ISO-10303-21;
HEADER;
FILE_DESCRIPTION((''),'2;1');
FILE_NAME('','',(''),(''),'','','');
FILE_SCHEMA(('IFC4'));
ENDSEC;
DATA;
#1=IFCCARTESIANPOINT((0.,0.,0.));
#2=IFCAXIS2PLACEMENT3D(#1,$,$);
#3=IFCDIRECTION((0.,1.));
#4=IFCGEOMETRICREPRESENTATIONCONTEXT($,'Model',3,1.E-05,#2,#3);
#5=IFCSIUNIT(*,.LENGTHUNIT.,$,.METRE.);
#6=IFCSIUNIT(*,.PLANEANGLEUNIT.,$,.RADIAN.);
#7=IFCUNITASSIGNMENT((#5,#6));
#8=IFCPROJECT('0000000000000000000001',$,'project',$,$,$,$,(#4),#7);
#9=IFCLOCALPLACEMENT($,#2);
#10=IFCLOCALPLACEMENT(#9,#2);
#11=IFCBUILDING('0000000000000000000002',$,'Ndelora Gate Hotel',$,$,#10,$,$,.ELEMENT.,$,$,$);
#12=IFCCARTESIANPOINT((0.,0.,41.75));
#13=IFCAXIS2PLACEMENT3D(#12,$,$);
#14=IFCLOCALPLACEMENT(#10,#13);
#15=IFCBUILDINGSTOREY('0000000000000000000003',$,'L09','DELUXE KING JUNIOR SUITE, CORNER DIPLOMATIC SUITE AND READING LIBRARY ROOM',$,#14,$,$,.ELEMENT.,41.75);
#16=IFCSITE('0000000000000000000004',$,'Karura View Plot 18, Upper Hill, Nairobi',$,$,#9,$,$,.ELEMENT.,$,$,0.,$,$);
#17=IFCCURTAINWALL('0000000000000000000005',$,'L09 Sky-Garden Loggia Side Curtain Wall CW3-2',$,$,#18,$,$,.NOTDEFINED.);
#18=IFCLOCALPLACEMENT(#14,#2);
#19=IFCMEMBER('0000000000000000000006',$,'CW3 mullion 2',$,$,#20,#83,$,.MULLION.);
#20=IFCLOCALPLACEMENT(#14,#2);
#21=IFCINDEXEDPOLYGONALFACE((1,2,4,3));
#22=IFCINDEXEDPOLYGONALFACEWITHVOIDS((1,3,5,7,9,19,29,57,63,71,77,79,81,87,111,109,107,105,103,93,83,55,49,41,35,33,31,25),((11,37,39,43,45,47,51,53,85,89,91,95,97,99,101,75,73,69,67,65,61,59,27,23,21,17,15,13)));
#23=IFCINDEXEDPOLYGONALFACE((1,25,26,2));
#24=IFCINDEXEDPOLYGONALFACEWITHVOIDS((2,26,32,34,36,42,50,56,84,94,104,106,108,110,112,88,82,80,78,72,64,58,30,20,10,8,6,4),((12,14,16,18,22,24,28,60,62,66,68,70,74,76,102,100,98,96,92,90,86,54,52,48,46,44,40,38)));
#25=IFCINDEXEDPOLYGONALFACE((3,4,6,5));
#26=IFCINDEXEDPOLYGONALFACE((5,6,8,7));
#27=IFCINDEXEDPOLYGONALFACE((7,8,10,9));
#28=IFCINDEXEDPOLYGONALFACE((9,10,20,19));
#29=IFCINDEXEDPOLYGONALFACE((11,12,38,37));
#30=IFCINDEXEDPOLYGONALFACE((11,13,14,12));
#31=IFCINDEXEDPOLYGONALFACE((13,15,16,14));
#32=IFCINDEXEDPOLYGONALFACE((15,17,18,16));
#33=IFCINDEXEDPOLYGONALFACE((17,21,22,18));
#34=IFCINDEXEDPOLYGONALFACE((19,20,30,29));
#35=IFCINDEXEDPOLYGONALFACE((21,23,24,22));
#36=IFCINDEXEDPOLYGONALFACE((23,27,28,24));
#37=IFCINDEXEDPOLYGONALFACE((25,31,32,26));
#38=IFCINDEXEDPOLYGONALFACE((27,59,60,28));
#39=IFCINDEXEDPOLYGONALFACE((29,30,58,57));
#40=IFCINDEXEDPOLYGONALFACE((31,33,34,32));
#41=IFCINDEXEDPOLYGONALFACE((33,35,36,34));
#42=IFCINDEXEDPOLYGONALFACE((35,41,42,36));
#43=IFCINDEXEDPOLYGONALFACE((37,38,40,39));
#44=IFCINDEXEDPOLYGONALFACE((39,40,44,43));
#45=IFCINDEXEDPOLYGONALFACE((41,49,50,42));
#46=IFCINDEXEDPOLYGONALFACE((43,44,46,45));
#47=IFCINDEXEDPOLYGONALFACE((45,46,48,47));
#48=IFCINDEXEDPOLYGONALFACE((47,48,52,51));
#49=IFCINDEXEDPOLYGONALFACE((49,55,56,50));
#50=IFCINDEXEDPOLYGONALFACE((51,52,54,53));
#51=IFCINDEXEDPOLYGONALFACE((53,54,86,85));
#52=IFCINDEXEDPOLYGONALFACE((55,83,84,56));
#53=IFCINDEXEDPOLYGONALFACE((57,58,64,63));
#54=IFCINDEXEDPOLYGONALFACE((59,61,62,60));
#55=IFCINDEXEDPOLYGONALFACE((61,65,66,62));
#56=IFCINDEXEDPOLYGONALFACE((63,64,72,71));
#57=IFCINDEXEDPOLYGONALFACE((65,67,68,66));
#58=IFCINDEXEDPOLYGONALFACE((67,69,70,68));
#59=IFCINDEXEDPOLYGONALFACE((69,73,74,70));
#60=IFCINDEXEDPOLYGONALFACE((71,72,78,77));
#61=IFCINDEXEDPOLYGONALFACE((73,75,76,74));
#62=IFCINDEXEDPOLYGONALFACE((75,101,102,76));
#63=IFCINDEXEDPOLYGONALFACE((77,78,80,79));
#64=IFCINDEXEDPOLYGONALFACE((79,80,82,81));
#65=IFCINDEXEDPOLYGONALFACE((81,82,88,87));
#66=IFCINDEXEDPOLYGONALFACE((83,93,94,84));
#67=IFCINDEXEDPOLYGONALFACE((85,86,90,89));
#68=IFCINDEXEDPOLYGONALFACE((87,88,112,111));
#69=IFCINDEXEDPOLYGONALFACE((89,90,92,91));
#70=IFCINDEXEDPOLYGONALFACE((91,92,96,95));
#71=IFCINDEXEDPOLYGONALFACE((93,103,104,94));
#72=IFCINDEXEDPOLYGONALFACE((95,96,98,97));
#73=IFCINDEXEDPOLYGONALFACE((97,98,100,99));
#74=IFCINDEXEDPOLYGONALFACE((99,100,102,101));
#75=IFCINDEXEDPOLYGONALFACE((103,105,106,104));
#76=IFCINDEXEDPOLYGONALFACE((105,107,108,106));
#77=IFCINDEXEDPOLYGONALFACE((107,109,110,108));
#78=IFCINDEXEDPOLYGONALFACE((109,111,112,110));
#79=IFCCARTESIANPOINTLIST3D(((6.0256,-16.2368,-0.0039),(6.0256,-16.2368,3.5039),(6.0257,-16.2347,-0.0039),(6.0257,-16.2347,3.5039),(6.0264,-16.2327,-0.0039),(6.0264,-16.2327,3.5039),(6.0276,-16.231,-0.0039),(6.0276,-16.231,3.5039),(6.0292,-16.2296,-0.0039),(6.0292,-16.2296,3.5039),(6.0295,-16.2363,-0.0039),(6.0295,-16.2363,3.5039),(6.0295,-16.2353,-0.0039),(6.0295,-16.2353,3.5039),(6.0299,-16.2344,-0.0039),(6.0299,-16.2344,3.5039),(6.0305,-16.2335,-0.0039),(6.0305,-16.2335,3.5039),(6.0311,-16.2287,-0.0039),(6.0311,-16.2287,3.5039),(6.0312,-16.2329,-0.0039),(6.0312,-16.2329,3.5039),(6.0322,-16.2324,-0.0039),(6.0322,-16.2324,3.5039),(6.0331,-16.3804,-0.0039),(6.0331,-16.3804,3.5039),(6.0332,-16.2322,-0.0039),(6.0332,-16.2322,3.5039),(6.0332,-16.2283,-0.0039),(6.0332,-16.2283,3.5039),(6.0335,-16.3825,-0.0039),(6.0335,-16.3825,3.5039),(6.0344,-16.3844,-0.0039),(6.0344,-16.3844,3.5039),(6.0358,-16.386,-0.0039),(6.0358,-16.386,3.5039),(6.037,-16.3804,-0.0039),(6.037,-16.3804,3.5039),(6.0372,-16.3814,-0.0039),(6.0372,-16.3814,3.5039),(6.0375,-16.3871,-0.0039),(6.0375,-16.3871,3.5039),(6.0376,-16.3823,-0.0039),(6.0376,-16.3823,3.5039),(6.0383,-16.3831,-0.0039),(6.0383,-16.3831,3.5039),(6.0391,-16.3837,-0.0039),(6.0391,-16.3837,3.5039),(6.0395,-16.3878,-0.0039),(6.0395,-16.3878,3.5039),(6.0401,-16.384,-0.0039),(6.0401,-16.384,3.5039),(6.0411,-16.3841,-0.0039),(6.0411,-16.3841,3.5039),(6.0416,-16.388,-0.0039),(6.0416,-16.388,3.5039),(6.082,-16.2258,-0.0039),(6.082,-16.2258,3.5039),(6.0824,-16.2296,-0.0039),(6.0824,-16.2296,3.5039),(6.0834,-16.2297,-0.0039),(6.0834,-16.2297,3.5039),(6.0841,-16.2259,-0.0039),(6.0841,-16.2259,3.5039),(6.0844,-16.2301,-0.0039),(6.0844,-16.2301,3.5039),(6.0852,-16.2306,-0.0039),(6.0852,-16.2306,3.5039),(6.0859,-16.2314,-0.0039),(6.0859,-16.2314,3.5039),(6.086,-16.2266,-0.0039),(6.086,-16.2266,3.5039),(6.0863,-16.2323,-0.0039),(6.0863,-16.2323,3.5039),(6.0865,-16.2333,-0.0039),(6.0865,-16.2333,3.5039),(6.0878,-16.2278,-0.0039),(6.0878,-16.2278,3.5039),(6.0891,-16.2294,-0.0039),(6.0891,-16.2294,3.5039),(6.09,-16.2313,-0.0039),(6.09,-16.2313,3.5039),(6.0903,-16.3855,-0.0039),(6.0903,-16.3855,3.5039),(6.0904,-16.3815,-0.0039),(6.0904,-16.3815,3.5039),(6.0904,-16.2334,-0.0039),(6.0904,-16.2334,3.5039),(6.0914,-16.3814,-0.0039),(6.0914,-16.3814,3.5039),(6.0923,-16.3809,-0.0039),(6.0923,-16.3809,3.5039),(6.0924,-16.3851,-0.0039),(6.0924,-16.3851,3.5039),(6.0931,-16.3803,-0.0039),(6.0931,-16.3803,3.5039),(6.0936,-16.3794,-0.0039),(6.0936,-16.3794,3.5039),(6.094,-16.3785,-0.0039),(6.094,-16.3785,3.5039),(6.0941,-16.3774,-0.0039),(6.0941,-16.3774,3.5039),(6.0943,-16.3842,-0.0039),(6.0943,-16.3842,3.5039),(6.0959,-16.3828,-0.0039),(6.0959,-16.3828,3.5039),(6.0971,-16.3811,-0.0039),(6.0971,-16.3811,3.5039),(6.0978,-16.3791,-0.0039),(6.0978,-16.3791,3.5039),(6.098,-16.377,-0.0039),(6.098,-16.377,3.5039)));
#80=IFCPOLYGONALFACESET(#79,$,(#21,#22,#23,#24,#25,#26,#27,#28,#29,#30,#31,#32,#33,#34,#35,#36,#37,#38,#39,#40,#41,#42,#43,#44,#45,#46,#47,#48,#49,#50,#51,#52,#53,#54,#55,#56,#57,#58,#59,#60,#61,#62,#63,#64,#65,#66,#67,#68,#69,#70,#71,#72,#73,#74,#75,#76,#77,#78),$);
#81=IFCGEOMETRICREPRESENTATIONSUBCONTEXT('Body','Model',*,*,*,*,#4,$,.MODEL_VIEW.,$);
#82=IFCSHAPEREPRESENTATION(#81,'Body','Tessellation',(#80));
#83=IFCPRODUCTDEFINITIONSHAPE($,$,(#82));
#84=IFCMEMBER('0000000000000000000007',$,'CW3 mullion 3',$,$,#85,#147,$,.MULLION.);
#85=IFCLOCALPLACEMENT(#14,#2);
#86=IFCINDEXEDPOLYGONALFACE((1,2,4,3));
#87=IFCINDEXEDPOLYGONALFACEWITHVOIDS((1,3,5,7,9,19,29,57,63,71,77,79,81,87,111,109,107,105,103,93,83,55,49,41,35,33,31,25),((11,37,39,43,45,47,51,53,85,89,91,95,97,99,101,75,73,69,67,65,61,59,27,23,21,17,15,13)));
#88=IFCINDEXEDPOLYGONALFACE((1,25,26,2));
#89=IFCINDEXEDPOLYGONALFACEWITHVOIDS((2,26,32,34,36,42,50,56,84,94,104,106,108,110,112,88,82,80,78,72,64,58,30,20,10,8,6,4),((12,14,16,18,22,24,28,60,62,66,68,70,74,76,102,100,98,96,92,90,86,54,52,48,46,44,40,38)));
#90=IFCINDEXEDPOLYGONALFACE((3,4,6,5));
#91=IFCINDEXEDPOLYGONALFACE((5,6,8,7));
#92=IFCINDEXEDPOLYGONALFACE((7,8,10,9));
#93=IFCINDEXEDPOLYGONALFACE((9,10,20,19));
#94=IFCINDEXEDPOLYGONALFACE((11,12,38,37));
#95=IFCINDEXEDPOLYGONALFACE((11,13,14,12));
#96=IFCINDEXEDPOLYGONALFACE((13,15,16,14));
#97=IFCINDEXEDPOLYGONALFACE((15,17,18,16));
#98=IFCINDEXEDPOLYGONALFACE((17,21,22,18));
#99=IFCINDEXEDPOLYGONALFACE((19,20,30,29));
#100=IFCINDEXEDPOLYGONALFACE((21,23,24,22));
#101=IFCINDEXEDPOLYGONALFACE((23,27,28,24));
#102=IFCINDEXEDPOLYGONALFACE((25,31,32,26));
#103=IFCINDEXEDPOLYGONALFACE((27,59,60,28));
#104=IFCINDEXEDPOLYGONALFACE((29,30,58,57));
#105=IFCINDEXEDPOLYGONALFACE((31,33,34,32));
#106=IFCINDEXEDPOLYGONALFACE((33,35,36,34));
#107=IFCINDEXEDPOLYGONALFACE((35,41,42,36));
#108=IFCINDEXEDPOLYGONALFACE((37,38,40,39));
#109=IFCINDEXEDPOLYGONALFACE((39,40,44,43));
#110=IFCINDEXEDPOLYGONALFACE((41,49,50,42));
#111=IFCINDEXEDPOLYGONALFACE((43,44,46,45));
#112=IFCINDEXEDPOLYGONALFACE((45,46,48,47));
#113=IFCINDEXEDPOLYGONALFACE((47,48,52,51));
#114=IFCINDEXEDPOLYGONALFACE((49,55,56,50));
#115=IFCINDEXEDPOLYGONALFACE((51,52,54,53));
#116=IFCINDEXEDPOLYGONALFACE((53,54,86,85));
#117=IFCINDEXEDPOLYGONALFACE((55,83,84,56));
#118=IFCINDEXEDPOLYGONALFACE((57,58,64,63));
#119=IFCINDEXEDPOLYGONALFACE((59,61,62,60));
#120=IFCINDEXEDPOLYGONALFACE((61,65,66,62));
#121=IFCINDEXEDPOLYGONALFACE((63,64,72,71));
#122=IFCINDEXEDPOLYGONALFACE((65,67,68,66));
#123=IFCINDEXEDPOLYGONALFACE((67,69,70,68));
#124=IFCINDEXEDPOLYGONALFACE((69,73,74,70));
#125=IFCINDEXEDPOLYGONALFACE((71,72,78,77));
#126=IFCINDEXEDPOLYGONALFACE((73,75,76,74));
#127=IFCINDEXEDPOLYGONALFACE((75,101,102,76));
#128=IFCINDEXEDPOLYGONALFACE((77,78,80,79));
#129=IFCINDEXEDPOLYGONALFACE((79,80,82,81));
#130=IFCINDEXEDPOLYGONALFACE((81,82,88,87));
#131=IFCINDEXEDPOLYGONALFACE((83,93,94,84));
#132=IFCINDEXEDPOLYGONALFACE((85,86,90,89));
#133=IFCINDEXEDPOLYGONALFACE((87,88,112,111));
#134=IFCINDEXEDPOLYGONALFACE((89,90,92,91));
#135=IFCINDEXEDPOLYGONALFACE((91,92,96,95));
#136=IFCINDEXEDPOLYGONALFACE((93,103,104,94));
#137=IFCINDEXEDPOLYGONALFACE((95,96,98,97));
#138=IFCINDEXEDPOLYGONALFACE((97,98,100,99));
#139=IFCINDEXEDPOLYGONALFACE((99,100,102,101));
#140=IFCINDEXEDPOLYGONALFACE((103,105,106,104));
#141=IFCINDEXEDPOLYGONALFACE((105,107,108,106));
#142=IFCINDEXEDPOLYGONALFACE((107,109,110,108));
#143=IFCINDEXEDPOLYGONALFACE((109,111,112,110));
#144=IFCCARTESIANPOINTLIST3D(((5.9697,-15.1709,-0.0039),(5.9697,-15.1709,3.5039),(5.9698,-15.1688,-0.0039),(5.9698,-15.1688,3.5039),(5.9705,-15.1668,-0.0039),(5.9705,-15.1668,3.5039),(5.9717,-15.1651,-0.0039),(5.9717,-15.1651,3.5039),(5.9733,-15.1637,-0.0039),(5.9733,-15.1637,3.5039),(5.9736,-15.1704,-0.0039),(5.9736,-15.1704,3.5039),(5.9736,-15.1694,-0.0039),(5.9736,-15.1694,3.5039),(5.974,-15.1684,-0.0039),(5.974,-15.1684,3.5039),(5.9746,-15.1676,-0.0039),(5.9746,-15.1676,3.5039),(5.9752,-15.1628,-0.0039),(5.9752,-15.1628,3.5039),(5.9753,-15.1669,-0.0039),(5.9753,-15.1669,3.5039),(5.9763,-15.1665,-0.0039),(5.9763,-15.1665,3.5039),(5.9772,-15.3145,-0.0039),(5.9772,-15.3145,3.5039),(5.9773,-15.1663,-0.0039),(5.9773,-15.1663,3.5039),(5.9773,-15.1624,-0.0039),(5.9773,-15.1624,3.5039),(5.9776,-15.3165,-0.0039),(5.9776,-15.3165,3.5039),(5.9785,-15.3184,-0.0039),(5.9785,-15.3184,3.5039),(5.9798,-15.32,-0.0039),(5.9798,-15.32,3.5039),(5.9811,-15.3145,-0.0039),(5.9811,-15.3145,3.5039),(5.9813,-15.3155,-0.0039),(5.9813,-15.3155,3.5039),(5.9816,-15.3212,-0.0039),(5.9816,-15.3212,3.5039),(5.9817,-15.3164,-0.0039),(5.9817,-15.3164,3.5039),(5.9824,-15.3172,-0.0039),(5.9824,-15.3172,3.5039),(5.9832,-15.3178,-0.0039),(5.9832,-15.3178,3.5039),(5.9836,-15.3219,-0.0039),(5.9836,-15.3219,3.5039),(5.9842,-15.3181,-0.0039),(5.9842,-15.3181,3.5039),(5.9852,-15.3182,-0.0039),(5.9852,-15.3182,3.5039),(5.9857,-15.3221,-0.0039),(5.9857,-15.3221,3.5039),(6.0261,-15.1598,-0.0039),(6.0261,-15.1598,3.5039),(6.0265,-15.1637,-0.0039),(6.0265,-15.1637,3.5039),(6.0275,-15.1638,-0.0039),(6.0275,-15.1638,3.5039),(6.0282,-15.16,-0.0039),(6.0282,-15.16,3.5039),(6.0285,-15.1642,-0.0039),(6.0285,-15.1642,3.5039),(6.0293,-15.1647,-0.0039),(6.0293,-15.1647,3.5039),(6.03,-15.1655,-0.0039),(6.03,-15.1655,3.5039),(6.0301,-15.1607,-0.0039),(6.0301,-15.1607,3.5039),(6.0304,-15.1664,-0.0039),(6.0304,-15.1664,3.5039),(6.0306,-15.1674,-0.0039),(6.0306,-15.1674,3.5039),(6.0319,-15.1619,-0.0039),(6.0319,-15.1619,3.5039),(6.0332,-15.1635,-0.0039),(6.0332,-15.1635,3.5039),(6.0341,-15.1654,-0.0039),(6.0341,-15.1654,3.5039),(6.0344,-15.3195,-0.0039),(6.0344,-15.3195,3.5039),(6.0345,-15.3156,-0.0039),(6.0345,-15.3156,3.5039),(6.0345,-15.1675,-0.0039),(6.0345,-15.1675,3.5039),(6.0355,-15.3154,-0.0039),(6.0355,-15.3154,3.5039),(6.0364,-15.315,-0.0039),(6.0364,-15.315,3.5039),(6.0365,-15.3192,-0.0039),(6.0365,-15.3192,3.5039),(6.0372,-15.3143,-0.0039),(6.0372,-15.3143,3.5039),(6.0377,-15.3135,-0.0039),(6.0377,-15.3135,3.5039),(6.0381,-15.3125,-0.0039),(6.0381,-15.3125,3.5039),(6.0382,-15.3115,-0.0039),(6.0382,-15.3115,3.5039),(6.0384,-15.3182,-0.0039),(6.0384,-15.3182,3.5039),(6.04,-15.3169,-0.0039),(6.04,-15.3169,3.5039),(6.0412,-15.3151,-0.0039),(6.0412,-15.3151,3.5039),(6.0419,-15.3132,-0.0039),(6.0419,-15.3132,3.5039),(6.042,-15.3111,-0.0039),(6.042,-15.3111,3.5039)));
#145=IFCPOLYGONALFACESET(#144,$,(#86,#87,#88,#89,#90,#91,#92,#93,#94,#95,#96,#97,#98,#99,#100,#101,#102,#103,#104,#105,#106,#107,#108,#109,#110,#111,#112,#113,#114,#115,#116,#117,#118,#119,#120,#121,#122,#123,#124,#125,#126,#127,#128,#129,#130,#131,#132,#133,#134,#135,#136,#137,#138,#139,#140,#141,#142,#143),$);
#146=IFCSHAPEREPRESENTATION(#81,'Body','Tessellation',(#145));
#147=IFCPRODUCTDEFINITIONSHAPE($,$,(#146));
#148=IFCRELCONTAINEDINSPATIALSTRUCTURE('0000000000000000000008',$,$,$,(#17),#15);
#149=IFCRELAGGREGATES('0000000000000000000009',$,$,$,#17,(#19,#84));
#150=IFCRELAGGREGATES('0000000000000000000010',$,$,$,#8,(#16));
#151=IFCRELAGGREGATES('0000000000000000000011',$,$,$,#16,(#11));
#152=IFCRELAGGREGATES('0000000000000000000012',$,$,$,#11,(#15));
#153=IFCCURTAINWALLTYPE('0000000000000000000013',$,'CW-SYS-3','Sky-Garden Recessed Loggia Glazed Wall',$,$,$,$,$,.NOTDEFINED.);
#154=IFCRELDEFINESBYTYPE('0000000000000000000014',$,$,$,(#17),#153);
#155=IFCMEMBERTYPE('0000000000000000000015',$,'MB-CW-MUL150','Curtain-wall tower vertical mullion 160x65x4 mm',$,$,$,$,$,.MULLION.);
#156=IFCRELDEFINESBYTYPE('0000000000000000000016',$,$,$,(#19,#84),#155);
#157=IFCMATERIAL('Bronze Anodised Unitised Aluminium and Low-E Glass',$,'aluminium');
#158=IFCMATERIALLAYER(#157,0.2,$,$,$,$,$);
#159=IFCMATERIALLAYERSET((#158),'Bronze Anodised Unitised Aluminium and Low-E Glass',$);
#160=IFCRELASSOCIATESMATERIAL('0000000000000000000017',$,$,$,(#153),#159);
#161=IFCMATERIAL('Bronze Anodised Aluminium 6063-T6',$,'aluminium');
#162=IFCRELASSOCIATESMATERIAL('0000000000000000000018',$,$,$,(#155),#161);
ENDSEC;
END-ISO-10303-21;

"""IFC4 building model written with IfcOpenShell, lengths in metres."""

from ifc_helpers import new_model, si_unit, direction, frame, origin, origin_2d, place, context, subcontext, project, spatial, hollow_rectangle, extrude, material, layer, layer_set, material_profile, profile_set, type_object, element, aggregate, save


model = new_model("IFC4")

# Units and contexts
model_context = context("Model", 3, precision=1e-05, world=origin(), true_north=direction((0.0, 1.0)))
body_context = subcontext(model_context, "Body", "Model", "MODEL_VIEW")
ifc_project = project(units=[si_unit("LENGTHUNIT", "METRE"), si_unit("PLANEANGLEUNIT", "RADIAN")], contexts=[model_context])

# Site, building, storey
site_placement = place(None, origin())
site = spatial("IfcSite", under=ifc_project, at=site_placement, Name="Karura View Plot 18, Upper Hill, Nairobi", CompositionType="ELEMENT", RefElevation=0.0)
building_placement = place(site_placement, origin())
building = spatial("IfcBuilding", under=site, at=building_placement, Name="Ndelora Gate Hotel", CompositionType="ELEMENT")
storey_placement = place(building_placement, frame((0.0, 0.0, 41.75)))
storey = spatial("IfcBuildingStorey", under=building, at=storey_placement, Name="L09", Description="DELUXE KING JUNIOR SUITE, CORNER DIPLOMATIC SUITE AND READING LIBRARY ROOM", CompositionType="ELEMENT", Elevation=41.75)

# Curtain wall, members
ifc_material_1 = material(Name="Bronze Anodised Unitised Aluminium and Low-E Glass", Category="aluminium")
ifc_layer_1 = layer(ifc_material_1, 0.2)
ifc_layer_set_1 = layer_set([ifc_layer_1], Name="Bronze Anodised Unitised Aluminium and Low-E Glass")
curtain_wall_type = type_object("IfcCurtainWallType", Name="CW-SYS-3", Description="Sky-Garden Recessed Loggia Glazed Wall", PredefinedType="NOTDEFINED", material=ifc_layer_set_1)
curtain_wall_placement = place(storey_placement, origin())
curtain_wall = element("IfcCurtainWall", 1, at=curtain_wall_placement, inside=storey, type_object=curtain_wall_type, Name="L09 Sky-Garden Loggia Side Curtain Wall CW3-2", PredefinedType="NOTDEFINED")
ifc_material_2 = material(Name="Bronze Anodised Aluminium 6063-T6", Category="aluminium")
ifc_material_profile_1 = material_profile(ifc_material_2, hollow_rectangle(XDim=0.0649, YDim=0.1599, WallThickness=0.0039, InnerFilletRadius=0.0039, OuterFilletRadius=0.0081, at=origin_2d()), Name="ALU 160x65x4")
ifc_profile_set_1 = profile_set([ifc_material_profile_1], Name="Bronze Anodised Aluminium 6063-T6")
member_type_1 = type_object("IfcMemberType", Name="MB-CW-MUL150", Description="Curtain-wall tower vertical mullion 160x65x4 mm", PredefinedType="MULLION", material=ifc_profile_set_1)
member_1_placement = place(storey_placement, frame((6.0618, -16.3069, -0.0039), z_axis=(0.0, 0.0, 1.0), x_axis=(-0.99863, -0.052318, 0.0)))
member_1 = element("IfcMember", 2, at=member_1_placement, type_object=member_type_1, Name="CW3 mullion 2", PredefinedType="MULLION", context=body_context, shape_type="SweptSolid", body=[
    extrude(hollow_rectangle(XDim=0.0649, YDim=0.1599, WallThickness=0.0039, InnerFilletRadius=0.0039, OuterFilletRadius=0.0081, at=origin_2d()), origin(), (0.0, 0.0, 1.0), 3.5078),
])
member_2_placement = place(storey_placement, frame((6.0059, -15.241, -0.0039), z_axis=(0.0, 0.0, 1.0), x_axis=(-0.99863, -0.052318, 0.0)))
member_2 = element("IfcMember", 3, at=member_2_placement, type_object=member_type_1, Name="CW3 mullion 3", PredefinedType="MULLION", context=body_context, shape_type="SweptSolid", body=[
    extrude(hollow_rectangle(XDim=0.0649, YDim=0.1599, WallThickness=0.0039, InnerFilletRadius=0.0039, OuterFilletRadius=0.0081, at=origin_2d()), origin(), (0.0, 0.0, 1.0), 3.5078),
])
aggregate(curtain_wall, [member_1, member_2])

save(model, "model.ifc")
